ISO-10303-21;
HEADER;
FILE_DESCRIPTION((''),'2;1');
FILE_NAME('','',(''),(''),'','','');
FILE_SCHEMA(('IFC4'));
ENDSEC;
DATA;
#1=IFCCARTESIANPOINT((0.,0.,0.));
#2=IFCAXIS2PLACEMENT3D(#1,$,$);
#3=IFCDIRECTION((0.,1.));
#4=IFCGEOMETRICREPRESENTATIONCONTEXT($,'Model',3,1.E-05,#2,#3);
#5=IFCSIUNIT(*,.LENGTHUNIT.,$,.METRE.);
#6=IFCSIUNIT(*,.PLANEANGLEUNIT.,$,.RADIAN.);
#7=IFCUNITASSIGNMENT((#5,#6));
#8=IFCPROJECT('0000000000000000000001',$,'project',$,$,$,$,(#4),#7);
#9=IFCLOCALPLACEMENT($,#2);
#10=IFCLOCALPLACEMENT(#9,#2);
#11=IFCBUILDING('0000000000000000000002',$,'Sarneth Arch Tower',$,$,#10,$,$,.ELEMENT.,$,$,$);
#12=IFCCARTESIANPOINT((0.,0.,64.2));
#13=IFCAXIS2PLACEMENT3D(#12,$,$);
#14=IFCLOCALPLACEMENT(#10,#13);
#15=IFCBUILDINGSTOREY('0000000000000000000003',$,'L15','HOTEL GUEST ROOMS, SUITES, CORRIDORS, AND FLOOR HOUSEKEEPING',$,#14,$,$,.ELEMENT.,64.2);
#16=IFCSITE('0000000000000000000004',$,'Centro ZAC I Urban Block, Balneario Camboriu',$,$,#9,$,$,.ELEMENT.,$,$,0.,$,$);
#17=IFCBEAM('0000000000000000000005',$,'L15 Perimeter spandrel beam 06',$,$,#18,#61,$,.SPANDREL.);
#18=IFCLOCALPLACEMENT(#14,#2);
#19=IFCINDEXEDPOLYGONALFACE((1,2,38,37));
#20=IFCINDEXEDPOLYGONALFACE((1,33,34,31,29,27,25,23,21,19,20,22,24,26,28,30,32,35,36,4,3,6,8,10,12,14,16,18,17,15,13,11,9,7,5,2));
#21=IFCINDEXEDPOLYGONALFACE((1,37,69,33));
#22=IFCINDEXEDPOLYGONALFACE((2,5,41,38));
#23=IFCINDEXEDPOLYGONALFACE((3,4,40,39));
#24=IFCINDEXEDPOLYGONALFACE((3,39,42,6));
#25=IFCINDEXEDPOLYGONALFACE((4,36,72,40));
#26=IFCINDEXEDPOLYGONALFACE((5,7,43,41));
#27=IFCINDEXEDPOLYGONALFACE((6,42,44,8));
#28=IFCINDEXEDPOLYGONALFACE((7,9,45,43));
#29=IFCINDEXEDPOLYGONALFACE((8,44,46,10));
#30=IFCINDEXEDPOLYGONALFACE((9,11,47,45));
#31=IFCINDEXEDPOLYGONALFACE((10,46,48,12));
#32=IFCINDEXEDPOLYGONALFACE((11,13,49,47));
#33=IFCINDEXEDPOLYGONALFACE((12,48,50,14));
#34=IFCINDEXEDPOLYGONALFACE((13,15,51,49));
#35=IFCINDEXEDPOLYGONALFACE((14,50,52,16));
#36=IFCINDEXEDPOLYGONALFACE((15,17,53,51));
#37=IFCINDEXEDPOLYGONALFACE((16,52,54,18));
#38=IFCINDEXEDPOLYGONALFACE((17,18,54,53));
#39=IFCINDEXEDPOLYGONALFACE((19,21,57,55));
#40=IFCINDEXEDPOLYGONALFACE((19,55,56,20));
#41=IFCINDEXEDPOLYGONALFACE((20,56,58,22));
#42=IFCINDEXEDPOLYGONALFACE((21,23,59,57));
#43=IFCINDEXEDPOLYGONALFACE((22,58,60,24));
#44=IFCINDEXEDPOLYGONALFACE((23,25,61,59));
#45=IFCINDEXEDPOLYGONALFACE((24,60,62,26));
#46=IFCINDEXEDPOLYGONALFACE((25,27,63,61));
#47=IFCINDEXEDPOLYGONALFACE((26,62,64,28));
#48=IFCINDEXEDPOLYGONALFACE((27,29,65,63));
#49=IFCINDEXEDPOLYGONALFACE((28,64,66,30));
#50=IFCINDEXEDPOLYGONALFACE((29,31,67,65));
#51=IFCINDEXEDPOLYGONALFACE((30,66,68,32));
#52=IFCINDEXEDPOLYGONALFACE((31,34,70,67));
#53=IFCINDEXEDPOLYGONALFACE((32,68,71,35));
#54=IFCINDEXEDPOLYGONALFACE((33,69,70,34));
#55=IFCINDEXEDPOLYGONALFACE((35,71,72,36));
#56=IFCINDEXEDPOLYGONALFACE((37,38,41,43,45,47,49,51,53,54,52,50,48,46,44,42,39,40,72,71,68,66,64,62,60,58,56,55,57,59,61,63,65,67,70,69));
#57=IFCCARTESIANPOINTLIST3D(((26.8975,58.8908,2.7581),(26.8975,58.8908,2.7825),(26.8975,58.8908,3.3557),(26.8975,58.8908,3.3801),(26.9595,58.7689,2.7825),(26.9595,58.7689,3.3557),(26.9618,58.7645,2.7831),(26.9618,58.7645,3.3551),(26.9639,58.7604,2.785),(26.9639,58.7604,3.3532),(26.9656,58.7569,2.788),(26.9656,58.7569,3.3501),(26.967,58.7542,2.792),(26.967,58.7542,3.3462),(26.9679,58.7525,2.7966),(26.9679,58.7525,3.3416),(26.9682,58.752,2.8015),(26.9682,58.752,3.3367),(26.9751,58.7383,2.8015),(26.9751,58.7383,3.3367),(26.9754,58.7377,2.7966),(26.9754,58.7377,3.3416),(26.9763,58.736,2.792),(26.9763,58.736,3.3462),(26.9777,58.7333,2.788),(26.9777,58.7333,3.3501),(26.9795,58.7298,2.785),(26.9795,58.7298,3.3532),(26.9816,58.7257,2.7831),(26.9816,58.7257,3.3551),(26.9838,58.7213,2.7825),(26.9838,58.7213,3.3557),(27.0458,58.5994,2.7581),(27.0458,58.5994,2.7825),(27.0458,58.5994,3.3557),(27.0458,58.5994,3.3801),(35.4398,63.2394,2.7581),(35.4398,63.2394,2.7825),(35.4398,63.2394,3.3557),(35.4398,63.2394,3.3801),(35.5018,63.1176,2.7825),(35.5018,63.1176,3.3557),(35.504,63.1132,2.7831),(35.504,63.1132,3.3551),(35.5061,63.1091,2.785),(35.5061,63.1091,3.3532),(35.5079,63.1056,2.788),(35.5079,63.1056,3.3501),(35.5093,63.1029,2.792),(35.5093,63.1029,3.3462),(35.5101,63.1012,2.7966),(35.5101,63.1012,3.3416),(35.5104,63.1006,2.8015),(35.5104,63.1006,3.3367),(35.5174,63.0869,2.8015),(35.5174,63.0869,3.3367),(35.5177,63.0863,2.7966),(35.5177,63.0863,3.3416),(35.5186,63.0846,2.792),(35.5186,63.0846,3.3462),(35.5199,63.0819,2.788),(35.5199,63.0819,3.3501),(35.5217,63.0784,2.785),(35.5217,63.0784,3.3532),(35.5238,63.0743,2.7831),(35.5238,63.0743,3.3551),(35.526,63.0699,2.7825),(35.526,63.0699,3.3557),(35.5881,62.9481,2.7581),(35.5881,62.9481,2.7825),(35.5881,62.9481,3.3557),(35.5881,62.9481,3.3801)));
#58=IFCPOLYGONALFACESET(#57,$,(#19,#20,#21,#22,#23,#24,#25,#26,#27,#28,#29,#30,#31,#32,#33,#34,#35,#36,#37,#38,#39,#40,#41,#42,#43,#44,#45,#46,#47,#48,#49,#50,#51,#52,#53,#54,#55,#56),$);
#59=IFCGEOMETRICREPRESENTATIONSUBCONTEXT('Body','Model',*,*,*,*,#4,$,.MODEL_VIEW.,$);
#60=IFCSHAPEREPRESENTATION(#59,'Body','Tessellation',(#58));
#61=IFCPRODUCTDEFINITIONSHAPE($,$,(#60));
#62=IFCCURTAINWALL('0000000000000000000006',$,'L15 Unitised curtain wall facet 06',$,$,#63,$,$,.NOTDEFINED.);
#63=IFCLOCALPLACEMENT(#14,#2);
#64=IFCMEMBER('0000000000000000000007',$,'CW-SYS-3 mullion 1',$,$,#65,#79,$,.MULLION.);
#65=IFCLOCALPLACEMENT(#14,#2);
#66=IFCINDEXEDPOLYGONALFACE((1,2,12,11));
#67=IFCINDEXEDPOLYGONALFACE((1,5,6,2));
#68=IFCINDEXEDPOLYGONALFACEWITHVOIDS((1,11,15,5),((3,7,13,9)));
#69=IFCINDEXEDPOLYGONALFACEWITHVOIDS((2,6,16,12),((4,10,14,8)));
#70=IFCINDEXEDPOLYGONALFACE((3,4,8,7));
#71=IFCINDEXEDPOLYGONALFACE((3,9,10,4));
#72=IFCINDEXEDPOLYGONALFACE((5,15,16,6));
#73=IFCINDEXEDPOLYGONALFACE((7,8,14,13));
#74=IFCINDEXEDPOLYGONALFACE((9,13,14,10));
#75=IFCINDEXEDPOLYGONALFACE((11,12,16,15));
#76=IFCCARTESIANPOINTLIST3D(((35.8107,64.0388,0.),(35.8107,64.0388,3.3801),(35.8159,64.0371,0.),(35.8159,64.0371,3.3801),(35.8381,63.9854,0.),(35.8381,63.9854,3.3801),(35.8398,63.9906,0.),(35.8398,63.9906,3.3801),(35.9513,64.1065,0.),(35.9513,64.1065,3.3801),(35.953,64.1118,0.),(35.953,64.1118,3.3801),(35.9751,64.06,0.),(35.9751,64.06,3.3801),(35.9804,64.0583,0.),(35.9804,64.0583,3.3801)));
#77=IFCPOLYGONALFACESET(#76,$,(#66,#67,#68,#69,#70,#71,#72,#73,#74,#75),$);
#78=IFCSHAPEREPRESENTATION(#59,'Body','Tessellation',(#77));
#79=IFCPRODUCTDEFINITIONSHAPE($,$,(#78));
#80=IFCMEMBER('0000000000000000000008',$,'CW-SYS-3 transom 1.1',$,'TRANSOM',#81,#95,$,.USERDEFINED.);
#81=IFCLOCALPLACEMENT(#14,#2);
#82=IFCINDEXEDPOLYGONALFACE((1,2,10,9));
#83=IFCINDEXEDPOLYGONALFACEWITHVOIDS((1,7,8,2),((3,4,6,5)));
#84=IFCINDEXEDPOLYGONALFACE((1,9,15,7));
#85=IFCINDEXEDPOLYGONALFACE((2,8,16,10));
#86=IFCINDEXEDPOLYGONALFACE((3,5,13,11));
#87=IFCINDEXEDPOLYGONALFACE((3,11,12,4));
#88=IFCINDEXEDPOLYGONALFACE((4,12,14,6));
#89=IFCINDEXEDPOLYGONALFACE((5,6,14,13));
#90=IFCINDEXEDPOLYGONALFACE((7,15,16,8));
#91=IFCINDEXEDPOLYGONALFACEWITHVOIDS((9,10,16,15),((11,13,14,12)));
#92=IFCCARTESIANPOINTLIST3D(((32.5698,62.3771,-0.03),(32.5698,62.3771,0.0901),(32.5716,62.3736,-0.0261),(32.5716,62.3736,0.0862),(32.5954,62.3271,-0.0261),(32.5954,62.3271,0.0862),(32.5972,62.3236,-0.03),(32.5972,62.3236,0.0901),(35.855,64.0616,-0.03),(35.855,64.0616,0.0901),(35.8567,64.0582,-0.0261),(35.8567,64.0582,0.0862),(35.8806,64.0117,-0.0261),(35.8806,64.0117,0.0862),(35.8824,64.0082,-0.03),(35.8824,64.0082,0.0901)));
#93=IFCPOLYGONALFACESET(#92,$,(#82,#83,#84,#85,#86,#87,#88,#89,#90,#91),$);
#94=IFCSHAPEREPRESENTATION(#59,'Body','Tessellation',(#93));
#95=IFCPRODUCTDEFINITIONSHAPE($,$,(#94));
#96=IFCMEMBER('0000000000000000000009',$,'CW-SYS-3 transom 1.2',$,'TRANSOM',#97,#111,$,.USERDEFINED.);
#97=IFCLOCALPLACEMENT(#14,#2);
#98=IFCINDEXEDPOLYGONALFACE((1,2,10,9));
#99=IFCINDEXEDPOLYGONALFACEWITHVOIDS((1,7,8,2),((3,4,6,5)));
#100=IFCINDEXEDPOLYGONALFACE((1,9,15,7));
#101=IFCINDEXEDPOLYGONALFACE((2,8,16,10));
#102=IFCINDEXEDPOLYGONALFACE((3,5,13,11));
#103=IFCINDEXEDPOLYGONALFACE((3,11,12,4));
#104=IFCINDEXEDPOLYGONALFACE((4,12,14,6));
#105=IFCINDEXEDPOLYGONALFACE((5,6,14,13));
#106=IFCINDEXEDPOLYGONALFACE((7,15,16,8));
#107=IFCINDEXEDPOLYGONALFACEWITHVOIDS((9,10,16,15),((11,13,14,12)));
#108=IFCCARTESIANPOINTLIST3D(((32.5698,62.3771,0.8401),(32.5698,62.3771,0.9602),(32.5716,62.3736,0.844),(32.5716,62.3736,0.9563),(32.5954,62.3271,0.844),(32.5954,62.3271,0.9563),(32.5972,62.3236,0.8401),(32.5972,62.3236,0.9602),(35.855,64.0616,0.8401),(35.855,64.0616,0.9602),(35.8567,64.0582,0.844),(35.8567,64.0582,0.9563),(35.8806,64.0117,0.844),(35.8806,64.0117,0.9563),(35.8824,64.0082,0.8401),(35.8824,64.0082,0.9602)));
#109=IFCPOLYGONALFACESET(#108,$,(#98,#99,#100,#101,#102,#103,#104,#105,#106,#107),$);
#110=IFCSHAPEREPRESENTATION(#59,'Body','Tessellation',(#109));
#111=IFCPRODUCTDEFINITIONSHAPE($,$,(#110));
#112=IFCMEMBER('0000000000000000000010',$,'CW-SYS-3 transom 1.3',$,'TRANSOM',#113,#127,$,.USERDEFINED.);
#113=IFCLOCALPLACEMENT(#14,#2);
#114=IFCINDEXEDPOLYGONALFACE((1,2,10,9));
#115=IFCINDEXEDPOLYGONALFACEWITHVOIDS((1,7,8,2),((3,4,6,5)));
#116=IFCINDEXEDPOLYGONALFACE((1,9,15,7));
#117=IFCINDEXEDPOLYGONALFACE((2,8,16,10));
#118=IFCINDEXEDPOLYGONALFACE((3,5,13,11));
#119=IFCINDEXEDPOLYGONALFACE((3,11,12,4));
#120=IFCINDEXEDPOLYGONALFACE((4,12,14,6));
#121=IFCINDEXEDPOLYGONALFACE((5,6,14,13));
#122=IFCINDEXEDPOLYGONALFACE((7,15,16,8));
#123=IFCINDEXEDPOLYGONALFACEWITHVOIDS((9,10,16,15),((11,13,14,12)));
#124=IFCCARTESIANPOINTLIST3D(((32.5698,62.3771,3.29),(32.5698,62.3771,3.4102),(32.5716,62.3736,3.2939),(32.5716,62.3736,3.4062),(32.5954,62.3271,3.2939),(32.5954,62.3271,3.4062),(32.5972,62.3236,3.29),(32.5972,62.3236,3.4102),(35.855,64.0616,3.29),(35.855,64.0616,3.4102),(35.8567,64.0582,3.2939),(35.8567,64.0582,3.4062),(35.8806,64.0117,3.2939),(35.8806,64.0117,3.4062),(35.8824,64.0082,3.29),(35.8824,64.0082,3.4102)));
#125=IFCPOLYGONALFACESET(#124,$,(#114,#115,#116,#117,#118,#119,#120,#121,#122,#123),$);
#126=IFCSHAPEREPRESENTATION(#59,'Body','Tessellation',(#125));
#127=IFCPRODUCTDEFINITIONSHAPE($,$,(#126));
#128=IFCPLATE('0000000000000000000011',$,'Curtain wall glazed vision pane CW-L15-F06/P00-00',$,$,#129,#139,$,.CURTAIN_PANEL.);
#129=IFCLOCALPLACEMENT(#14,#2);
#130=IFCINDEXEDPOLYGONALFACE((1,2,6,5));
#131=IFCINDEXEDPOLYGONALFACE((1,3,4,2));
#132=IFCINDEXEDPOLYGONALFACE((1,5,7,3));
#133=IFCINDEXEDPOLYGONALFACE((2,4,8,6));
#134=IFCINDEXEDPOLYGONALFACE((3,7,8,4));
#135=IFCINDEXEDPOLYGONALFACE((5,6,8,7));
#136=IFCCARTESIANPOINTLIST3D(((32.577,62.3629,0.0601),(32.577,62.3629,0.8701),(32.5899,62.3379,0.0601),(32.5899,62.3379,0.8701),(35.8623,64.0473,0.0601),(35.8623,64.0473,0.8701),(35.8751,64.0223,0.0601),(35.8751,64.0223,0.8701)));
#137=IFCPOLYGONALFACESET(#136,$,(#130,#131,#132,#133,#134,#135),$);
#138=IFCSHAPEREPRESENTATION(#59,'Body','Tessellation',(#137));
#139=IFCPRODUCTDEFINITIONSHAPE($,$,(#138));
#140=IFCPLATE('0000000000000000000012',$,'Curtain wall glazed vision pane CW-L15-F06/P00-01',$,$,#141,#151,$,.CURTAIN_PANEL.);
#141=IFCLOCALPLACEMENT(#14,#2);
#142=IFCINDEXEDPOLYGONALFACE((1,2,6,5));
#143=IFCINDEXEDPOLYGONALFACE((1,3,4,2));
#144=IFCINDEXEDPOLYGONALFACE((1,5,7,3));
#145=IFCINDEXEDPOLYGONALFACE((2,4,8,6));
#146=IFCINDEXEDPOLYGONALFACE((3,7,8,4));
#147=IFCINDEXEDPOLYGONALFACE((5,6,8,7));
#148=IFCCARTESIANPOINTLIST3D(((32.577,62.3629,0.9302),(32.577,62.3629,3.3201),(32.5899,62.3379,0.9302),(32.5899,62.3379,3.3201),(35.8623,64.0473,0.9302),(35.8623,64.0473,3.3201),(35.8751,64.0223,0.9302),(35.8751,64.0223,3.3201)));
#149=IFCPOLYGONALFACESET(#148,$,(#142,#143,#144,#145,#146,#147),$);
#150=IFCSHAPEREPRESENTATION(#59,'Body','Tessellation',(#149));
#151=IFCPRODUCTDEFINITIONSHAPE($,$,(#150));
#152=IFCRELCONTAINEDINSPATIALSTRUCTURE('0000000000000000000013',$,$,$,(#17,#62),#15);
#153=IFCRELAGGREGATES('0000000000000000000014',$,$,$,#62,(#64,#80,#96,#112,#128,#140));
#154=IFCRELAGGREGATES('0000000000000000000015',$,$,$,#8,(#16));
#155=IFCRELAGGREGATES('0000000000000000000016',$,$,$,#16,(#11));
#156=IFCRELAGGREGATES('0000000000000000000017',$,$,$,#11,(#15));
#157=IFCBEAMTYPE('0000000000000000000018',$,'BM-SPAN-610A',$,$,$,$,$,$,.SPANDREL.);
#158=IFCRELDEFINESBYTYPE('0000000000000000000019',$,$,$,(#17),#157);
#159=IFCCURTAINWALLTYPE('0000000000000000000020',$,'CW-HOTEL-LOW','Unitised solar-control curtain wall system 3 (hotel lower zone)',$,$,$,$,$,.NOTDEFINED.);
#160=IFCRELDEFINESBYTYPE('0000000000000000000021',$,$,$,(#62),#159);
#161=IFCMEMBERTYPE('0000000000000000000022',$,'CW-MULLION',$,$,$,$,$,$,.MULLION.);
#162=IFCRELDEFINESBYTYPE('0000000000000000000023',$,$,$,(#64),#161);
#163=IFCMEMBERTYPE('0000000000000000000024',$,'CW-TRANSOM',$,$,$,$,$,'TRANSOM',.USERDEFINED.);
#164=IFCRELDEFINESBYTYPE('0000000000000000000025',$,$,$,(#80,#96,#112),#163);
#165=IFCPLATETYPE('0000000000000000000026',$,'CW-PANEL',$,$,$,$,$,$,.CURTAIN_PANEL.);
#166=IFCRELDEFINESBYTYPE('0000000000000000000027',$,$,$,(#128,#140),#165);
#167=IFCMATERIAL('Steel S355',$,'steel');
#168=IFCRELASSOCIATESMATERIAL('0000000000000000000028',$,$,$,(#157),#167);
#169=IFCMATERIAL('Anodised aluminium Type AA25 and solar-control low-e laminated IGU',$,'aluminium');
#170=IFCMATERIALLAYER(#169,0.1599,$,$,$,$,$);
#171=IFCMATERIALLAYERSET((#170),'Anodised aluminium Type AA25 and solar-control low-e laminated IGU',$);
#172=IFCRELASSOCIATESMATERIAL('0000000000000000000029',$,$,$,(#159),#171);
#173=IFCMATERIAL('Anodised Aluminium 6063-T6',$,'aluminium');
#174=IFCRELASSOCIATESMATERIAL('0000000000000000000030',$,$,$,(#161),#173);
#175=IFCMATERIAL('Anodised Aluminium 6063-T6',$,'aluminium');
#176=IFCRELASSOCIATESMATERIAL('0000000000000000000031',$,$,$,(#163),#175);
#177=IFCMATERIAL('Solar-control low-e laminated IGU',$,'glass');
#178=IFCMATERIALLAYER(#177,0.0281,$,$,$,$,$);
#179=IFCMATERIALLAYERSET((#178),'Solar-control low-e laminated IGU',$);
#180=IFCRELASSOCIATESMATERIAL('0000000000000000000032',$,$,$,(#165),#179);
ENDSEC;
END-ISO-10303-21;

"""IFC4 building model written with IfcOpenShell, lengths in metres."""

from ifc_helpers import new_model, si_unit, direction, frame, origin, origin_2d, place, context, subcontext, project, spatial, rectangle, hollow_rectangle, i_section, extrude, material, layer, layer_set, material_profile, profile_set, type_object, element, aggregate, save


model = new_model("IFC4")

# Units and contexts
model_context = context("Model", 3, precision=1e-05, world=origin(), true_north=direction((0.0, 1.0)))
body_context = subcontext(model_context, "Body", "Model", "MODEL_VIEW")
ifc_project = project(units=[si_unit("LENGTHUNIT", "METRE"), si_unit("PLANEANGLEUNIT", "RADIAN")], contexts=[model_context])

# Site, building, storey
site_placement = place(None, origin())
site = spatial("IfcSite", under=ifc_project, at=site_placement, Name="Centro ZAC I Urban Block, Balneario Camboriu", CompositionType="ELEMENT", RefElevation=0.0)
building_placement = place(site_placement, origin())
building = spatial("IfcBuilding", under=site, at=building_placement, Name="Sarneth Arch Tower", CompositionType="ELEMENT")
storey_placement = place(building_placement, frame((0.0, 0.0, 64.2)))
storey = spatial("IfcBuildingStorey", under=building, at=storey_placement, Name="L15", Description="HOTEL GUEST ROOMS, SUITES, CORRIDORS, AND FLOOR HOUSEKEEPING", CompositionType="ELEMENT", Elevation=64.2)

# Beam
ifc_material_1 = material(Name="Steel S355", Category="steel")
ifc_material_profile_1 = material_profile(ifc_material_1, i_section(OverallWidth=0.3269, OverallDepth=0.6221, WebThickness=0.0154, FlangeThickness=0.0244, FilletRadius=0.019, at=origin_2d()), Name="W610x195")
ifc_profile_set_1 = profile_set([ifc_material_profile_1], Name="Steel S355")
beam_type_1 = type_object("IfcBeamType", Name="BM-SPAN-610A", PredefinedType="SPANDREL", material=ifc_profile_set_1)
beam_1_placement = place(storey_placement, frame((35.5139, 63.0938, 3.0691), z_axis=(-0.891169, -0.453671, 0.0), x_axis=(0.453671, -0.891169, 0.0)))
element("IfcBeam", 1, at=beam_1_placement, inside=storey, type_object=beam_type_1, Name="L15 Perimeter spandrel beam 06", PredefinedType="SPANDREL", context=body_context, shape_type="SweptSolid", body=[
    extrude(i_section(OverallWidth=0.3269, OverallDepth=0.6221, WebThickness=0.0154, FlangeThickness=0.0244, FilletRadius=0.019, at=origin_2d()), origin(), (0.0, 0.0, 1.0), 9.5854),
])

# Curtain wall, members, plates
ifc_material_2 = material(Name="Anodised aluminium Type AA25 and solar-control low-e laminated IGU", Category="aluminium")
ifc_layer_1 = layer(ifc_material_2, 0.1599)
ifc_layer_set_1 = layer_set([ifc_layer_1], Name="Anodised aluminium Type AA25 and solar-control low-e laminated IGU")
curtain_wall_type = type_object("IfcCurtainWallType", Name="CW-HOTEL-LOW", Description="Unitised solar-control curtain wall system 3 (hotel lower zone)", PredefinedType="NOTDEFINED", material=ifc_layer_set_1)
curtain_wall_placement = place(storey_placement, origin())
curtain_wall = element("IfcCurtainWall", 2, at=curtain_wall_placement, inside=storey, type_object=curtain_wall_type, Name="L15 Unitised curtain wall facet 06", PredefinedType="NOTDEFINED")
ifc_material_3 = material(Name="Anodised Aluminium 6063-T6", Category="aluminium")
ifc_material_profile_2 = material_profile(ifc_material_3, hollow_rectangle(XDim=0.0601, YDim=0.1599, WallThickness=0.0039, at=origin_2d()), Name="AL-MULL-160x60x4")
ifc_profile_set_2 = profile_set([ifc_material_profile_2], Name="Anodised Aluminium 6063-T6")
member_type_1 = type_object("IfcMemberType", Name="CW-MULLION", PredefinedType="MULLION", material=ifc_profile_set_2)
member_1_placement = place(storey_placement, frame((35.8955, 64.0486, 0.0), z_axis=(0.0, 0.0, 1.0), x_axis=(0.456245, -0.889854, 0.0)))
member_1 = element("IfcMember", 3, at=member_1_placement, type_object=member_type_1, Name="CW-SYS-3 mullion 1", PredefinedType="MULLION", context=body_context, shape_type="SweptSolid", body=[
    extrude(hollow_rectangle(XDim=0.0601, YDim=0.1599, WallThickness=0.0039, at=origin_2d()), origin(), (0.0, 0.0, 1.0), 3.3801),
])
ifc_material_4 = material(Name="Anodised Aluminium 6063-T6", Category="aluminium")
ifc_material_profile_3 = material_profile(ifc_material_4, hollow_rectangle(XDim=0.0601, YDim=0.1201, WallThickness=0.0039, at=origin_2d()), Name="AL-TRAN-120x60x4")
ifc_profile_set_3 = profile_set([ifc_material_profile_3], Name="Anodised Aluminium 6063-T6")
member_type_2 = type_object("IfcMemberType", Name="CW-TRANSOM", ElementType="TRANSOM", PredefinedType="USERDEFINED", material=ifc_profile_set_3)
member_2_placement = place(storey_placement, frame((35.8687, 64.0349, 0.03), z_axis=(-0.889831, -0.45629, 0.0), x_axis=(0.45629, -0.889831, 0.0)))
member_2 = element("IfcMember", 4, at=member_2_placement, type_object=member_type_2, Name="CW-SYS-3 transom 1.1", ObjectType="TRANSOM", PredefinedType="USERDEFINED", context=body_context, shape_type="SweptSolid", body=[
    extrude(hollow_rectangle(XDim=0.0601, YDim=0.1201, WallThickness=0.0039, at=origin_2d()), origin(), (0.0, 0.0, 1.0), 3.6919),
])
member_3_placement = place(storey_placement, frame((35.8687, 64.0349, 0.9001), z_axis=(-0.889831, -0.45629, 0.0), x_axis=(0.45629, -0.889831, 0.0)))
member_3 = element("IfcMember", 5, at=member_3_placement, type_object=member_type_2, Name="CW-SYS-3 transom 1.2", ObjectType="TRANSOM", PredefinedType="USERDEFINED", context=body_context, shape_type="SweptSolid", body=[
    extrude(hollow_rectangle(XDim=0.0601, YDim=0.1201, WallThickness=0.0039, at=origin_2d()), origin(), (0.0, 0.0, 1.0), 3.6919),
])
member_4_placement = place(storey_placement, frame((35.8687, 64.0349, 3.3501), z_axis=(-0.889831, -0.45629, 0.0), x_axis=(0.45629, -0.889831, 0.0)))
member_4 = element("IfcMember", 6, at=member_4_placement, type_object=member_type_2, Name="CW-SYS-3 transom 1.3", ObjectType="TRANSOM", PredefinedType="USERDEFINED", context=body_context, shape_type="SweptSolid", body=[
    extrude(hollow_rectangle(XDim=0.0601, YDim=0.1201, WallThickness=0.0039, at=origin_2d()), origin(), (0.0, 0.0, 1.0), 3.6919),
])
ifc_material_5 = material(Name="Solar-control low-e laminated IGU", Category="glass")
ifc_layer_2 = layer(ifc_material_5, 0.0281)
ifc_layer_set_2 = layer_set([ifc_layer_2], Name="Solar-control low-e laminated IGU")
plate_type = type_object("IfcPlateType", Name="CW-PANEL", PredefinedType="CURTAIN_PANEL", material=ifc_layer_set_2)
plate_1_placement = place(storey_placement, frame((34.2261, 63.1926, 0.0601), z_axis=(0.0, 0.0, 1.0), x_axis=(-0.889854, -0.456245, 0.0)))
plate_1 = element("IfcPlate", 7, at=plate_1_placement, type_object=plate_type, Name="Curtain wall glazed vision pane CW-L15-F06/P00-00", PredefinedType="CURTAIN_PANEL", context=body_context, shape_type="SweptSolid", body=[
    extrude(rectangle(XDim=3.6919, YDim=0.0281, at=origin_2d()), origin(), (0.0, 0.0, 1.0), 0.8101),
])
plate_2_placement = place(storey_placement, frame((34.2261, 63.1926, 0.9302), z_axis=(0.0, 0.0, 1.0), x_axis=(-0.889854, -0.456245, 0.0)))
plate_2 = element("IfcPlate", 8, at=plate_2_placement, type_object=plate_type, Name="Curtain wall glazed vision pane CW-L15-F06/P00-01", PredefinedType="CURTAIN_PANEL", context=body_context, shape_type="SweptSolid", body=[
    extrude(rectangle(XDim=3.6919, YDim=0.0281, at=origin_2d()), origin(), (0.0, 0.0, 1.0), 2.3899),
])
aggregate(curtain_wall, [member_1, member_2, member_3, member_4, plate_1, plate_2])

save(model, "model.ifc")
